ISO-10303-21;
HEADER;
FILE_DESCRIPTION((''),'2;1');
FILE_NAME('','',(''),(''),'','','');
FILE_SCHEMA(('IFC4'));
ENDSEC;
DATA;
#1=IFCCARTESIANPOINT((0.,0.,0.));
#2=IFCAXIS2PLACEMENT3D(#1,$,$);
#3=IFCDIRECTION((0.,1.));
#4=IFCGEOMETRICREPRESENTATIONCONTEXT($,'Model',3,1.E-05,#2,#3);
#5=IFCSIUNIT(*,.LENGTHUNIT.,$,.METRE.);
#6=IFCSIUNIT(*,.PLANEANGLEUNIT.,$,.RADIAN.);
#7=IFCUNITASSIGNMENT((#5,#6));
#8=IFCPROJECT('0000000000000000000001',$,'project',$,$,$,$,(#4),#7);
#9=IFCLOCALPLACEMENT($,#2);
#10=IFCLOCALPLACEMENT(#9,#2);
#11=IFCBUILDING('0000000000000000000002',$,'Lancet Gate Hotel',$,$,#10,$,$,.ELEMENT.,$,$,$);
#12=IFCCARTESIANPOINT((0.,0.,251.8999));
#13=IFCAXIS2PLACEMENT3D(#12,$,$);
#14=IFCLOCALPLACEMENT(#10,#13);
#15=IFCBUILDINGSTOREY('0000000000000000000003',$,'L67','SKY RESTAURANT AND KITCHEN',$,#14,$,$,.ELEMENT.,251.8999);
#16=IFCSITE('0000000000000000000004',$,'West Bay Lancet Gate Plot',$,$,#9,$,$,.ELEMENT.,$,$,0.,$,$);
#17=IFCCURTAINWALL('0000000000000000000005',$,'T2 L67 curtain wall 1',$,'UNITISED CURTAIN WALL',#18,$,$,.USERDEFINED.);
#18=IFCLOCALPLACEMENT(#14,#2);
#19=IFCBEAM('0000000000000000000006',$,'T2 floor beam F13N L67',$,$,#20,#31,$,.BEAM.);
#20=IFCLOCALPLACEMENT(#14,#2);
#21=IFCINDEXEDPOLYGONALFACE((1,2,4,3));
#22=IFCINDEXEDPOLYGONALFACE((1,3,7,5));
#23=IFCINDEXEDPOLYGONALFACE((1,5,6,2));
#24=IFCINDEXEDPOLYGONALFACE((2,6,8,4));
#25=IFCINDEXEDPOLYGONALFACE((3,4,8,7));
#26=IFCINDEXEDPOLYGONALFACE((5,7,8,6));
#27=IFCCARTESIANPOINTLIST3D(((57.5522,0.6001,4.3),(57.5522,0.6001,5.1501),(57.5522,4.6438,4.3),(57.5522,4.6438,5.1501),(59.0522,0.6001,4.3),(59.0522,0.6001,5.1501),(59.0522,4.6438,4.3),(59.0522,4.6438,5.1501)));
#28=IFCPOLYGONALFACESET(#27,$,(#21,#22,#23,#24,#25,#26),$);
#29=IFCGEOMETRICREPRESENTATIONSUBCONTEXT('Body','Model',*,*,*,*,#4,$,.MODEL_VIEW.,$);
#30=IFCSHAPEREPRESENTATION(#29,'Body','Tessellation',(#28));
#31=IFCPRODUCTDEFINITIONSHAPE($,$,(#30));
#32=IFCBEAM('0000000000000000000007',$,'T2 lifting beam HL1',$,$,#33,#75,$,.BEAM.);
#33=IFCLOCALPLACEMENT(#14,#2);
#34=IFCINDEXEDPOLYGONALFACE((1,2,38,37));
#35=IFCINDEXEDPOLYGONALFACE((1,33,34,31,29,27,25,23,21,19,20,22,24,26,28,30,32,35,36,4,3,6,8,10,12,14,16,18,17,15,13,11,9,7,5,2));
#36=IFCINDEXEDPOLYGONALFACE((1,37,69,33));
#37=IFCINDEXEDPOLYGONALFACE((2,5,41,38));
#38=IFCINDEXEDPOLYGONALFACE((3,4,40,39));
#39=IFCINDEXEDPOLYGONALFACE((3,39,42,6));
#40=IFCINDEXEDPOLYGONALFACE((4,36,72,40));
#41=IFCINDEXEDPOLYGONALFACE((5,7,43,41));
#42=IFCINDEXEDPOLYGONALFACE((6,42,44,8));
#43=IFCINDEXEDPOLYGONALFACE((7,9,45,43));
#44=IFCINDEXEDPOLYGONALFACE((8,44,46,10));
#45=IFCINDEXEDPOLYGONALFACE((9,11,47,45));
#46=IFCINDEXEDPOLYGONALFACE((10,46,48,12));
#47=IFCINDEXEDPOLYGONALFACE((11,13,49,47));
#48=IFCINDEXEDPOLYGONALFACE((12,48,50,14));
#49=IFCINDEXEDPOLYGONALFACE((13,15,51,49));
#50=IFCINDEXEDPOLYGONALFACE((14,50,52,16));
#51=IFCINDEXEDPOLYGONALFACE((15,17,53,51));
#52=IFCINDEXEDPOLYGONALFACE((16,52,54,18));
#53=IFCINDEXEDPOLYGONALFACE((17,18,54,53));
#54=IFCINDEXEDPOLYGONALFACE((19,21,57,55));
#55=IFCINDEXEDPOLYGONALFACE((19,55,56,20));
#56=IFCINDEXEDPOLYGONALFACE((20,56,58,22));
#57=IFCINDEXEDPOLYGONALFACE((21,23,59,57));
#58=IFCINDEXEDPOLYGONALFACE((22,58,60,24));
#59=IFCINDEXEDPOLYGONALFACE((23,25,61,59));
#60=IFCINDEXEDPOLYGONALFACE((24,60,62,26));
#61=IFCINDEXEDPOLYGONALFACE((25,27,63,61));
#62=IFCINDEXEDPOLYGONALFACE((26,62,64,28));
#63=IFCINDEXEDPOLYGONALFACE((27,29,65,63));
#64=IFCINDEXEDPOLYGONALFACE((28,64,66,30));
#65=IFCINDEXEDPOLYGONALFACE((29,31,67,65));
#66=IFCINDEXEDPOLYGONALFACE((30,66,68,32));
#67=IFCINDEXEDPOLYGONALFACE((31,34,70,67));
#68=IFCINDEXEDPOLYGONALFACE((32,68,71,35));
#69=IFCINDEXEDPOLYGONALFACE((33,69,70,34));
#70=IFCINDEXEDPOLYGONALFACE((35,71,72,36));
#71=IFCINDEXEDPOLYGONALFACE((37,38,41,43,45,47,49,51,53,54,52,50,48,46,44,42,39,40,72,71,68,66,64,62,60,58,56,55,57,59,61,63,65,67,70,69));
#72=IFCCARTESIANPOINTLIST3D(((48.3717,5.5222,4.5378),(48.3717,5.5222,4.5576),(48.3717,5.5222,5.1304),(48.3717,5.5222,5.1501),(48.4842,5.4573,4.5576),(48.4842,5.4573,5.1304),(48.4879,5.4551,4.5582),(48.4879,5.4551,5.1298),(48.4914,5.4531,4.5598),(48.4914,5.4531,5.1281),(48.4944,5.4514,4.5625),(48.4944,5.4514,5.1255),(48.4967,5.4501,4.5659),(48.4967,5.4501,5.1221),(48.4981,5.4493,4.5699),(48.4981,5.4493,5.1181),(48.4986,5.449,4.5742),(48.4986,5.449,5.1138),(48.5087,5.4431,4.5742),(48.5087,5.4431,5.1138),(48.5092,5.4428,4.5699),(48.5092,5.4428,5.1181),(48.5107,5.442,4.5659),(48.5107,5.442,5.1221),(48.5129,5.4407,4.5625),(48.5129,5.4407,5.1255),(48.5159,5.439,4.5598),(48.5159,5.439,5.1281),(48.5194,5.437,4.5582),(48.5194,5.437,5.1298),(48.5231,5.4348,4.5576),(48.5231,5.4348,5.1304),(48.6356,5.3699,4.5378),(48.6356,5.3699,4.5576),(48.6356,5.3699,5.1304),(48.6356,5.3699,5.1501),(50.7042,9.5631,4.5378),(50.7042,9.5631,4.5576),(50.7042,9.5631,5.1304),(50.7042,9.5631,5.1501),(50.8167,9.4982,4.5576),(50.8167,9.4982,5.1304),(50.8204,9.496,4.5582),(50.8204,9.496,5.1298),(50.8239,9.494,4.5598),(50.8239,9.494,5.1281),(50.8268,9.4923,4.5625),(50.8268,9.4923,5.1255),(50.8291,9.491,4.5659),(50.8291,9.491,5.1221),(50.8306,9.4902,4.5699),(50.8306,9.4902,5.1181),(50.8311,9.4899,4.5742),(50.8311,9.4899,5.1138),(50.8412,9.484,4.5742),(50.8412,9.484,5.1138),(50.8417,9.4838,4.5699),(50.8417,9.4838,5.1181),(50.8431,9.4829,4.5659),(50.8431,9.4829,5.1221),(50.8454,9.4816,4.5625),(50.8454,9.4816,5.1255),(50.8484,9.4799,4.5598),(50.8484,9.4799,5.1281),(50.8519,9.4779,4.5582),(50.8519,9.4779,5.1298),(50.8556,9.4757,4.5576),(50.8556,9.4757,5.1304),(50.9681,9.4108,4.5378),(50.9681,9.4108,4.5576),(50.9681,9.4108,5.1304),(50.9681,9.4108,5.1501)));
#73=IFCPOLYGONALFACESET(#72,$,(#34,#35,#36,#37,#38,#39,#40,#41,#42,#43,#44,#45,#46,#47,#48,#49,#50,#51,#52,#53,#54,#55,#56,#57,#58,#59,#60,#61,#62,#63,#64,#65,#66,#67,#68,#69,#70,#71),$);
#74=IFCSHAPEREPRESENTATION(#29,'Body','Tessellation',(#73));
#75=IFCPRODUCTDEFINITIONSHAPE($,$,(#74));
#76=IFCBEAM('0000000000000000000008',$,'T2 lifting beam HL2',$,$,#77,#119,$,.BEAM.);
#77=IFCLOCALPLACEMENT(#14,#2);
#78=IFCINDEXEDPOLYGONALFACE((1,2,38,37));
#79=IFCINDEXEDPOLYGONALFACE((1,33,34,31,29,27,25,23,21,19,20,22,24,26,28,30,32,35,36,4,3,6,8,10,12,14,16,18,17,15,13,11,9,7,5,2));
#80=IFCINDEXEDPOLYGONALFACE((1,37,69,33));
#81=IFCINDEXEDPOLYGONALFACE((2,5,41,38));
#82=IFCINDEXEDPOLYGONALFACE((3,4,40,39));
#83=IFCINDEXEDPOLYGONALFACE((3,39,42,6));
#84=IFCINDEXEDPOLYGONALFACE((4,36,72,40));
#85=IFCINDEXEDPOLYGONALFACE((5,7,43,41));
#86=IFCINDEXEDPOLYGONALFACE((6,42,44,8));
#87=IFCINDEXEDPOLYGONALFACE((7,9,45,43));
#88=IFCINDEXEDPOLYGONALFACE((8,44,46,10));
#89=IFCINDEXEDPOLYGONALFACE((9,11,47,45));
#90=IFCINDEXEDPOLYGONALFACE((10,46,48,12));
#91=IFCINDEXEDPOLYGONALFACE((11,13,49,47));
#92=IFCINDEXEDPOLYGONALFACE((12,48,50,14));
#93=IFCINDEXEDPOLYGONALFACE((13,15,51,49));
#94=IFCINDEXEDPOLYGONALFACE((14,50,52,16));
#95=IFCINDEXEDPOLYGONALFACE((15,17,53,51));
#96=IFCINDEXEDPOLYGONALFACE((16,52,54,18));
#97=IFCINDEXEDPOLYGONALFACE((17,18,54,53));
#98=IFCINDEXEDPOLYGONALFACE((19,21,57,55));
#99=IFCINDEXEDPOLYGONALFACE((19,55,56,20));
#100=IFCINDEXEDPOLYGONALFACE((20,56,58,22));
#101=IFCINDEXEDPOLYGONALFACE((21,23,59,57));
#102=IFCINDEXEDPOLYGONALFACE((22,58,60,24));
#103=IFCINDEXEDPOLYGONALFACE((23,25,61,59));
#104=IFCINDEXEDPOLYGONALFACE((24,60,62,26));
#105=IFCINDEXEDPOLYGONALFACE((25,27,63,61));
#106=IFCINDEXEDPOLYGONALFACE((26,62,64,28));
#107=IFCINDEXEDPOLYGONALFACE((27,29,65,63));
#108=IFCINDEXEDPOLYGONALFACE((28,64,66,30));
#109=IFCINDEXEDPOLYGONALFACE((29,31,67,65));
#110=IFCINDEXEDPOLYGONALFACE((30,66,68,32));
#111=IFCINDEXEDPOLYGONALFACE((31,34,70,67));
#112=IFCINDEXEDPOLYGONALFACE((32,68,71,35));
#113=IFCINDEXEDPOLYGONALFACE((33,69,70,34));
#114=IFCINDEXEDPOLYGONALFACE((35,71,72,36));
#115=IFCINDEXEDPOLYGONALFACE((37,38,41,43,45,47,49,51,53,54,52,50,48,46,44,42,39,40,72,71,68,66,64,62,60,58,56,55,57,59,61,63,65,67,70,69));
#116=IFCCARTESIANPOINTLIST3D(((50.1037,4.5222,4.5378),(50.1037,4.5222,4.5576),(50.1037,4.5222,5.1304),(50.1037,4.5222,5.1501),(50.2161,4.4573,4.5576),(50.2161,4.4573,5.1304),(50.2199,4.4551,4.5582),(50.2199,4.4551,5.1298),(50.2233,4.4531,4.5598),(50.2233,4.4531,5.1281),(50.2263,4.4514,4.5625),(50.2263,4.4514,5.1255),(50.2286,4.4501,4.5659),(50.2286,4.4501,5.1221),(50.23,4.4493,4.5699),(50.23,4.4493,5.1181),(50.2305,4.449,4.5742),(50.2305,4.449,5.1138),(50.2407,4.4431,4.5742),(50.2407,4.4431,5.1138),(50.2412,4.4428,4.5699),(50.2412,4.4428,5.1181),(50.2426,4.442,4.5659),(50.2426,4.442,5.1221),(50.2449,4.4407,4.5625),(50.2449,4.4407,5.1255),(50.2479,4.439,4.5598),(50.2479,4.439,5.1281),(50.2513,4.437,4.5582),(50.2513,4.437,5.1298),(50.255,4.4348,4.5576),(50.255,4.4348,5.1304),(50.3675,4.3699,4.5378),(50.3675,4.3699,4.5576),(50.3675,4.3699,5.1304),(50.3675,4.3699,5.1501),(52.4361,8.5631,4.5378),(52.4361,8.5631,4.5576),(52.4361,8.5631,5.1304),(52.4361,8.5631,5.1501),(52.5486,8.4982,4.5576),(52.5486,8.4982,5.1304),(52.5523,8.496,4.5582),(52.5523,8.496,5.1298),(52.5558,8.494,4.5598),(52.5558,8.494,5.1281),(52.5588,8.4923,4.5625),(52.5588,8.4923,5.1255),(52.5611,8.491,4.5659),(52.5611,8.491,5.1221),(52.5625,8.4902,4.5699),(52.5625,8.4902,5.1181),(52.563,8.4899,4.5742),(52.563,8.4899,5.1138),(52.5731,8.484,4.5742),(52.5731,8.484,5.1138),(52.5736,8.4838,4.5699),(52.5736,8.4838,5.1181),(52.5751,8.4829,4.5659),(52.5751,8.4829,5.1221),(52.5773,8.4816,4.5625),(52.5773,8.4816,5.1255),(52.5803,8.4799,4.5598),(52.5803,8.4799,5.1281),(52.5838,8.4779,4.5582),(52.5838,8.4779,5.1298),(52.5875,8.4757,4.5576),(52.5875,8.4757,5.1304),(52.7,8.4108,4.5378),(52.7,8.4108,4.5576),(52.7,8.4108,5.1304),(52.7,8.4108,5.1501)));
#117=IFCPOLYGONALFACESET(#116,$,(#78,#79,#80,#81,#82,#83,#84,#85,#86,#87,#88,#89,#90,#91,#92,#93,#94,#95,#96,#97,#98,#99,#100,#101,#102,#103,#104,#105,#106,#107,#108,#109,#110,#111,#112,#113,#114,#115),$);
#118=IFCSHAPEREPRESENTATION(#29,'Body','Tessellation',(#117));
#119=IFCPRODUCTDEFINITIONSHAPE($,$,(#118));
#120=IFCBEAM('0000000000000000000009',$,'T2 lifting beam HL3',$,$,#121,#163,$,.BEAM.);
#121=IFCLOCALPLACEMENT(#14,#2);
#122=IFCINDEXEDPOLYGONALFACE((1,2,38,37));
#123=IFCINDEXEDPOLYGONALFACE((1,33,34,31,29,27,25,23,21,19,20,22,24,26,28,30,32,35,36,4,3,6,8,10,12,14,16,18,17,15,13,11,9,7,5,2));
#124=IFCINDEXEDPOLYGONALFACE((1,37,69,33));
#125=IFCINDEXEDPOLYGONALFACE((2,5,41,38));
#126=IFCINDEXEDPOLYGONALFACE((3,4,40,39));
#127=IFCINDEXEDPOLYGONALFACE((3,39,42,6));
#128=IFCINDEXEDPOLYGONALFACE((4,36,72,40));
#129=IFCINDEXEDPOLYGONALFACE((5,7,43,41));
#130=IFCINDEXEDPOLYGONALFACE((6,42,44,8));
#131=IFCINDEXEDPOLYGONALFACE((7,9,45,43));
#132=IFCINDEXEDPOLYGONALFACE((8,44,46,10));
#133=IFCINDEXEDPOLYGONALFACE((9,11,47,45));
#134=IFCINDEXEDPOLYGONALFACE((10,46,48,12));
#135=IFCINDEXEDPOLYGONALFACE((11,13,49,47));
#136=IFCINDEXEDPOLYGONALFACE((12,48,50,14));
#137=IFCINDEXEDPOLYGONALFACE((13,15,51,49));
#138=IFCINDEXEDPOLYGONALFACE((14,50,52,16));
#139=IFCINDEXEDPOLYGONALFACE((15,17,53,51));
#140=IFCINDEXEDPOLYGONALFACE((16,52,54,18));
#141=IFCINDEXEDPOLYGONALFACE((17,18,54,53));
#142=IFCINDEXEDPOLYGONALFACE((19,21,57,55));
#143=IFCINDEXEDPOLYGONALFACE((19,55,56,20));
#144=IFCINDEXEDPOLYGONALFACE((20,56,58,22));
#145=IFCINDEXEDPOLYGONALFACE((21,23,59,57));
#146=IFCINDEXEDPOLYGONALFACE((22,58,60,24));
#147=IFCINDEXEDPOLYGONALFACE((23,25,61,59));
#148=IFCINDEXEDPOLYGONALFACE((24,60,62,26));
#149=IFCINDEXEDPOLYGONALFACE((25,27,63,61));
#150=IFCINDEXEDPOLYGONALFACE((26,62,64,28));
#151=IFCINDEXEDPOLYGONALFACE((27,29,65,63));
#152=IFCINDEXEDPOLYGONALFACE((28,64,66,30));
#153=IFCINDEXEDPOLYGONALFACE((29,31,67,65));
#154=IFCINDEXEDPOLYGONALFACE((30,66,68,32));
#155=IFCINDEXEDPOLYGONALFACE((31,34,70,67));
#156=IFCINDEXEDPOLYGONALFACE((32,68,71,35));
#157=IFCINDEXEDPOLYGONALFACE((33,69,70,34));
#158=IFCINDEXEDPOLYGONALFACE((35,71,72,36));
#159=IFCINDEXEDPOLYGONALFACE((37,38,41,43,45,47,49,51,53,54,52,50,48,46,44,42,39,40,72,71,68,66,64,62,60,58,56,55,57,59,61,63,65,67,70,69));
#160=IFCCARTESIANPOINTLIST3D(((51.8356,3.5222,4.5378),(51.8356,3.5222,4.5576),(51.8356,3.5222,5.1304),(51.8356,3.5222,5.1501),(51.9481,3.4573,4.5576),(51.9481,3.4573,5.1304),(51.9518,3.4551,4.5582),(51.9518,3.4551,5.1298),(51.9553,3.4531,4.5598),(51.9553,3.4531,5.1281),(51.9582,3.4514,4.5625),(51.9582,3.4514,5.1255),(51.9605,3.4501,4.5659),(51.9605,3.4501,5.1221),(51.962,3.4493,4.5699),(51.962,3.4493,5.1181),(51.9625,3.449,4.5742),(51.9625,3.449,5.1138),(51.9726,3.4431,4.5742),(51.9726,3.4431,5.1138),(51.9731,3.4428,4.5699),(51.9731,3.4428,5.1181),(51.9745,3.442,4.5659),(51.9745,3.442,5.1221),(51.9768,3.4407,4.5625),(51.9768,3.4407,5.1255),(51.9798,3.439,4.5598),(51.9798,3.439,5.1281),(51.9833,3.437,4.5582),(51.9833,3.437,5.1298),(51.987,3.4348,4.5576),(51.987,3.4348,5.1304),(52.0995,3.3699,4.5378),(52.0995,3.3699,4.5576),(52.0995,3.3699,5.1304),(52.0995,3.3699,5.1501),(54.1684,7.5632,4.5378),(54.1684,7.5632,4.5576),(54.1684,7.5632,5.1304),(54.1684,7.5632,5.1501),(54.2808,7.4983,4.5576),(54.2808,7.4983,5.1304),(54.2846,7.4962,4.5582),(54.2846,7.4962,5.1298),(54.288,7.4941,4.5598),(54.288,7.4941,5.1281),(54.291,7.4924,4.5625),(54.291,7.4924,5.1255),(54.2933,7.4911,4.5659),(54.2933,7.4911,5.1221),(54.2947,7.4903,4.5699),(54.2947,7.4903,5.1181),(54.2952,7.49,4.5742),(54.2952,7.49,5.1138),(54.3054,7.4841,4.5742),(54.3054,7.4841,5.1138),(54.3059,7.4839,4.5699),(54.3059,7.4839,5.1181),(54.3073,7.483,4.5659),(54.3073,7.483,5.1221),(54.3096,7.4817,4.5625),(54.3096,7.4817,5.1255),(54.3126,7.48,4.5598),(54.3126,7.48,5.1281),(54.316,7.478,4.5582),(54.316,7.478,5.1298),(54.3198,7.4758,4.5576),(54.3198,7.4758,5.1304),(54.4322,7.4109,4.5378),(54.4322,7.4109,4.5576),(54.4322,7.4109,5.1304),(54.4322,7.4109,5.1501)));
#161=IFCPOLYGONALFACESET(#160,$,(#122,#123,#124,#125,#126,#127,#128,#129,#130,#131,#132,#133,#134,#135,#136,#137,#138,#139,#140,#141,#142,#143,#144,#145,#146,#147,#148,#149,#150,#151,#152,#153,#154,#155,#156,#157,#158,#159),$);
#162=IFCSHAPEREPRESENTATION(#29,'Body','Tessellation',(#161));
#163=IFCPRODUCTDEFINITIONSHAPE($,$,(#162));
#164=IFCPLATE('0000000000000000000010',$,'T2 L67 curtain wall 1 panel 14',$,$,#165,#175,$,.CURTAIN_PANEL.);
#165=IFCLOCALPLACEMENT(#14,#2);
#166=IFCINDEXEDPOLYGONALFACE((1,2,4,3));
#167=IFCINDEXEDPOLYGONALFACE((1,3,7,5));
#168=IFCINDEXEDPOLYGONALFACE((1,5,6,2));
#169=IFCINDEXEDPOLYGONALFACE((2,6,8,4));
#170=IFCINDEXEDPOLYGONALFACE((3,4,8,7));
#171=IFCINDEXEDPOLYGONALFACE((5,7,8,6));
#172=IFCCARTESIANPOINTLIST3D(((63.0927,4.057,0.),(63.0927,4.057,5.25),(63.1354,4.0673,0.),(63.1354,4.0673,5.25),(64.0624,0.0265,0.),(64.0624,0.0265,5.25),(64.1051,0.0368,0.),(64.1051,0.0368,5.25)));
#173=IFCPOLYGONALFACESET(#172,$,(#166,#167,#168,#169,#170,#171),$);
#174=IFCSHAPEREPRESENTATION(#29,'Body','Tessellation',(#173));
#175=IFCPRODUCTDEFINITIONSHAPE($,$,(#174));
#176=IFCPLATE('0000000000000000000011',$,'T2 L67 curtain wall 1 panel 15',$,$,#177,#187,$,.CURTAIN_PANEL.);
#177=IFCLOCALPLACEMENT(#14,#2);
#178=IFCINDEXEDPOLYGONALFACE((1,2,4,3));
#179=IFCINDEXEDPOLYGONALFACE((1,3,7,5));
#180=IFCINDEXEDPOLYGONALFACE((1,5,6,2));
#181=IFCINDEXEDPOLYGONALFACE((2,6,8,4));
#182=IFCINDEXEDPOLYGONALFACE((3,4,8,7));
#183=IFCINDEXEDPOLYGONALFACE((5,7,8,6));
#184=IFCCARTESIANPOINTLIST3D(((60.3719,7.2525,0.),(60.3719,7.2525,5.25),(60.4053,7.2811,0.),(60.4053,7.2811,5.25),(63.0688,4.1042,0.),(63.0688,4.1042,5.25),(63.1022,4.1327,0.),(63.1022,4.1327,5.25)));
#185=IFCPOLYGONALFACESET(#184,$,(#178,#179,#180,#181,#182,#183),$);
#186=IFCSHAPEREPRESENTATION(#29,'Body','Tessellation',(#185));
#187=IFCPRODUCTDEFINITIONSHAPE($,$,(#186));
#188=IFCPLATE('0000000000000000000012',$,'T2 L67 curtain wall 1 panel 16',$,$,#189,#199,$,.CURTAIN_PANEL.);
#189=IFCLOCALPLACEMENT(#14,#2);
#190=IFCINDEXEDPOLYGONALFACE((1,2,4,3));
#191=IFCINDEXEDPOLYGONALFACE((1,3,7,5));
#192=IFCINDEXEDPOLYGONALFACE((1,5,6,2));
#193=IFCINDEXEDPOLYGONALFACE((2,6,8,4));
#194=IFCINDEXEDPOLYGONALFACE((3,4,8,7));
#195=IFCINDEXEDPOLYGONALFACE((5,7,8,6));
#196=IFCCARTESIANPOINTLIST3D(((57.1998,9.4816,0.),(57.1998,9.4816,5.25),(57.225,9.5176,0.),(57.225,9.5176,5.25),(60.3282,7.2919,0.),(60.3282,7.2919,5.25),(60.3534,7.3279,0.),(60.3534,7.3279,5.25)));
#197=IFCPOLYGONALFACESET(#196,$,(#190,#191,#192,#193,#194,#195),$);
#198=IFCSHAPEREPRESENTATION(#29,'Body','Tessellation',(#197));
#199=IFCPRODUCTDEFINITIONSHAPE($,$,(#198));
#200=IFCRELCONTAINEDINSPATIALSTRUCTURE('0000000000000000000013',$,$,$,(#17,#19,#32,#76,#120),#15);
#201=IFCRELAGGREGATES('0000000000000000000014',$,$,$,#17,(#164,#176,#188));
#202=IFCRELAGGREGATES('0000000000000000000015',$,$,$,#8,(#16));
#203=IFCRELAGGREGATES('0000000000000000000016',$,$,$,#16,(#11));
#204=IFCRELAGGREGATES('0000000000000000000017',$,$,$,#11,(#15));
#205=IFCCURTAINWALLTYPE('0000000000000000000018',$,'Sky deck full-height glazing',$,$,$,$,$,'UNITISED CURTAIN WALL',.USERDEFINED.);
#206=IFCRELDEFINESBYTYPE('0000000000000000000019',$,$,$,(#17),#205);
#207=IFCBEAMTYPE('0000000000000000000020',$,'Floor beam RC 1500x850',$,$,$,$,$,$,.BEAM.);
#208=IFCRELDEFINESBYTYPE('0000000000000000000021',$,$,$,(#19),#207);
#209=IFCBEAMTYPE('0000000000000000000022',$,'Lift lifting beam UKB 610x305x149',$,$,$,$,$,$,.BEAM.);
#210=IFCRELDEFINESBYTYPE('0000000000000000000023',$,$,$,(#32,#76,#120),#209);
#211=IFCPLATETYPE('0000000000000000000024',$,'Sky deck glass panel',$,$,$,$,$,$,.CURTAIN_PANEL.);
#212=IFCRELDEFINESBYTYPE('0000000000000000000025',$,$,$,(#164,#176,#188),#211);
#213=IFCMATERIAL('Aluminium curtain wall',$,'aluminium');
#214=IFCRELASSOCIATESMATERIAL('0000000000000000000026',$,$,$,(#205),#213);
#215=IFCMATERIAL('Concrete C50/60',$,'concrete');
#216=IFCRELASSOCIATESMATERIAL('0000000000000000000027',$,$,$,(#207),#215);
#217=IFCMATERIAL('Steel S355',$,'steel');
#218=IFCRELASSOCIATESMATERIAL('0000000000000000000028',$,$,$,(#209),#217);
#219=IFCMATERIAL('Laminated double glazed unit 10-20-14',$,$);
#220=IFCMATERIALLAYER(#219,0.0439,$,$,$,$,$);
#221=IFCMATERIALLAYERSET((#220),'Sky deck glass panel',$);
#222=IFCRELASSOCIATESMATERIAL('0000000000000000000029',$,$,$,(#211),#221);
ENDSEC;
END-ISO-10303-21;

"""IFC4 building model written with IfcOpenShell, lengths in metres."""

from ifc_helpers import new_model, si_unit, direction, frame, origin, origin_2d, place, context, subcontext, project, spatial, rectangle, i_section, extrude, material, layer, layer_set, material_profile, profile_set, type_object, element, aggregate, save


model = new_model("IFC4")

# Units and contexts
model_context = context("Model", 3, precision=1e-05, world=origin(), true_north=direction((0.0, 1.0)))
body_context = subcontext(model_context, "Body", "Model", "MODEL_VIEW")
ifc_project = project(units=[si_unit("LENGTHUNIT", "METRE"), si_unit("PLANEANGLEUNIT", "RADIAN")], contexts=[model_context])

# Site, building, storey
site_placement = place(None, origin())
site = spatial("IfcSite", under=ifc_project, at=site_placement, Name="West Bay Lancet Gate Plot", CompositionType="ELEMENT", RefElevation=0.0)
building_placement = place(site_placement, origin())
building = spatial("IfcBuilding", under=site, at=building_placement, Name="Lancet Gate Hotel", CompositionType="ELEMENT")
storey_placement = place(building_placement, frame((0.0, 0.0, 251.8999)))
storey = spatial("IfcBuildingStorey", under=building, at=storey_placement, Name="L67", Description="SKY RESTAURANT AND KITCHEN", CompositionType="ELEMENT", Elevation=251.8999)

# Curtain wall
ifc_material_1 = material(Name="Aluminium curtain wall", Category="aluminium")
curtain_wall_type = type_object("IfcCurtainWallType", Name="Sky deck full-height glazing", ElementType="UNITISED CURTAIN WALL", PredefinedType="USERDEFINED", material=ifc_material_1)
curtain_wall_placement = place(storey_placement, origin())
curtain_wall = element("IfcCurtainWall", 1, at=curtain_wall_placement, inside=storey, type_object=curtain_wall_type, Name="T2 L67 curtain wall 1", ObjectType="UNITISED CURTAIN WALL", PredefinedType="USERDEFINED")

# Beams
ifc_material_2 = material(Name="Concrete C50/60", Category="concrete")
ifc_material_profile_1 = material_profile(ifc_material_2, rectangle(XDim=1.5, YDim=0.8501, at=origin_2d()), Name="RC 1500x850")
ifc_profile_set_1 = profile_set([ifc_material_profile_1], Name="Concrete C50/60")
beam_type_1 = type_object("IfcBeamType", Name="Floor beam RC 1500x850", PredefinedType="BEAM", material=ifc_profile_set_1)
beam_1_placement = place(storey_placement, frame((58.3022, 0.6001, 4.7251), z_axis=(0.0, 1.0, 0.0), x_axis=(-1.0, 0.0, 0.0)))
element("IfcBeam", 2, at=beam_1_placement, inside=storey, type_object=beam_type_1, Name="T2 floor beam F13N L67", PredefinedType="BEAM", context=body_context, shape_type="SweptSolid", body=[
    extrude(rectangle(XDim=1.5, YDim=0.8501, at=origin_2d()), origin(), (0.0, 0.0, 1.0), 4.0437),
])
ifc_material_3 = material(Name="Steel S355", Category="steel")
ifc_material_profile_2 = material_profile(ifc_material_3, i_section(OverallWidth=0.3047, OverallDepth=0.6123, WebThickness=0.0117, FlangeThickness=0.0198, FilletRadius=0.0166, at=origin_2d()), Name="UKB 610x305x149")
ifc_profile_set_2 = profile_set([ifc_material_profile_2], Name="Steel S355")
beam_type_2 = type_object("IfcBeamType", Name="Lift lifting beam UKB 610x305x149", PredefinedType="BEAM", material=ifc_profile_set_2)
for number, where, z_axis, x_axis, name in (
    (3, (48.5037, 5.446, 4.844), (0.49991, 0.866078, 0.0), (-0.866078, 0.49991, 0.0), "T2 lifting beam HL1"),
    (4, (50.2356, 4.446, 4.844), (0.49991, 0.866078, 0.0), (-0.866078, 0.49991, 0.0), "T2 lifting beam HL2"),
):
    element("IfcBeam", number, at=place(storey_placement, frame(where, z_axis=z_axis, x_axis=x_axis)), inside=storey, type_object=beam_type_2, Name=name, PredefinedType="BEAM", context=body_context, shape_type="SweptSolid", body=[
        extrude(i_section(OverallWidth=0.3047, OverallDepth=0.6123, WebThickness=0.0117, FlangeThickness=0.0198, FilletRadius=0.0166, at=origin_2d()), origin(), (0.0, 0.0, 1.0), 4.6658),
    ])
beam_2_placement = place(storey_placement, frame((51.9675, 3.446, 4.844), z_axis=(0.499949, 0.866055, 0.0), x_axis=(-0.866055, 0.499949, 0.0)))
element("IfcBeam", 5, at=beam_2_placement, inside=storey, type_object=beam_type_2, Name="T2 lifting beam HL3", PredefinedType="BEAM", context=body_context, shape_type="SweptSolid", body=[
    extrude(i_section(OverallWidth=0.3047, OverallDepth=0.6123, WebThickness=0.0117, FlangeThickness=0.0198, FilletRadius=0.0166, at=origin_2d()), origin(), (0.0, 0.0, 1.0), 4.666),
])

# Plates
ifc_material_4 = material(Name="Laminated double glazed unit 10-20-14")
ifc_layer_1 = layer(ifc_material_4, 0.0439)
ifc_layer_set_1 = layer_set([ifc_layer_1], Name="Sky deck glass panel")
plate_type = type_object("IfcPlateType", Name="Sky deck glass panel", PredefinedType="CURTAIN_PANEL", material=ifc_layer_set_1)
plate_1_placement = place(storey_placement, frame((63.5989, 2.0469, 0.0), z_axis=(0.0, 0.0, 1.0), x_axis=(-0.233916, 0.972257, 0.0)))
plate_1 = element("IfcPlate", 6, at=plate_1_placement, type_object=plate_type, Name="T2 L67 curtain wall 1 panel 14", PredefinedType="CURTAIN_PANEL", context=body_context, shape_type="SweptSolid", body=[
    extrude(rectangle(XDim=4.1455, YDim=0.0439, at=origin_2d()), origin(), (0.0, 0.0, 1.0), 5.25),
])
plate_2_placement = place(storey_placement, frame((61.7371, 5.6926, 0.0), z_axis=(0.0, 0.0, 1.0), x_axis=(-0.650552, 0.759462, 0.0)))
plate_2 = element("IfcPlate", 7, at=plate_2_placement, type_object=plate_type, Name="T2 L67 curtain wall 1 panel 15", PredefinedType="CURTAIN_PANEL", context=body_context, shape_type="SweptSolid", body=[
    extrude(rectangle(XDim=4.1455, YDim=0.0439, at=origin_2d()), origin(), (0.0, 0.0, 1.0), 5.25),
])
plate_3_placement = place(storey_placement, frame((58.7766, 8.4048, 0.0), z_axis=(0.0, 0.0, 1.0), x_axis=(-0.819255, 0.573429, 0.0)))
plate_3 = element("IfcPlate", 8, at=plate_3_placement, type_object=plate_type, Name="T2 L67 curtain wall 1 panel 16", PredefinedType="CURTAIN_PANEL", context=body_context, shape_type="SweptSolid", body=[
    extrude(rectangle(XDim=3.8186, YDim=0.0439, at=origin_2d()), origin(), (0.0, 0.0, 1.0), 5.25),
])
aggregate(curtain_wall, [plate_1, plate_2, plate_3])

save(model, "model.ifc")
